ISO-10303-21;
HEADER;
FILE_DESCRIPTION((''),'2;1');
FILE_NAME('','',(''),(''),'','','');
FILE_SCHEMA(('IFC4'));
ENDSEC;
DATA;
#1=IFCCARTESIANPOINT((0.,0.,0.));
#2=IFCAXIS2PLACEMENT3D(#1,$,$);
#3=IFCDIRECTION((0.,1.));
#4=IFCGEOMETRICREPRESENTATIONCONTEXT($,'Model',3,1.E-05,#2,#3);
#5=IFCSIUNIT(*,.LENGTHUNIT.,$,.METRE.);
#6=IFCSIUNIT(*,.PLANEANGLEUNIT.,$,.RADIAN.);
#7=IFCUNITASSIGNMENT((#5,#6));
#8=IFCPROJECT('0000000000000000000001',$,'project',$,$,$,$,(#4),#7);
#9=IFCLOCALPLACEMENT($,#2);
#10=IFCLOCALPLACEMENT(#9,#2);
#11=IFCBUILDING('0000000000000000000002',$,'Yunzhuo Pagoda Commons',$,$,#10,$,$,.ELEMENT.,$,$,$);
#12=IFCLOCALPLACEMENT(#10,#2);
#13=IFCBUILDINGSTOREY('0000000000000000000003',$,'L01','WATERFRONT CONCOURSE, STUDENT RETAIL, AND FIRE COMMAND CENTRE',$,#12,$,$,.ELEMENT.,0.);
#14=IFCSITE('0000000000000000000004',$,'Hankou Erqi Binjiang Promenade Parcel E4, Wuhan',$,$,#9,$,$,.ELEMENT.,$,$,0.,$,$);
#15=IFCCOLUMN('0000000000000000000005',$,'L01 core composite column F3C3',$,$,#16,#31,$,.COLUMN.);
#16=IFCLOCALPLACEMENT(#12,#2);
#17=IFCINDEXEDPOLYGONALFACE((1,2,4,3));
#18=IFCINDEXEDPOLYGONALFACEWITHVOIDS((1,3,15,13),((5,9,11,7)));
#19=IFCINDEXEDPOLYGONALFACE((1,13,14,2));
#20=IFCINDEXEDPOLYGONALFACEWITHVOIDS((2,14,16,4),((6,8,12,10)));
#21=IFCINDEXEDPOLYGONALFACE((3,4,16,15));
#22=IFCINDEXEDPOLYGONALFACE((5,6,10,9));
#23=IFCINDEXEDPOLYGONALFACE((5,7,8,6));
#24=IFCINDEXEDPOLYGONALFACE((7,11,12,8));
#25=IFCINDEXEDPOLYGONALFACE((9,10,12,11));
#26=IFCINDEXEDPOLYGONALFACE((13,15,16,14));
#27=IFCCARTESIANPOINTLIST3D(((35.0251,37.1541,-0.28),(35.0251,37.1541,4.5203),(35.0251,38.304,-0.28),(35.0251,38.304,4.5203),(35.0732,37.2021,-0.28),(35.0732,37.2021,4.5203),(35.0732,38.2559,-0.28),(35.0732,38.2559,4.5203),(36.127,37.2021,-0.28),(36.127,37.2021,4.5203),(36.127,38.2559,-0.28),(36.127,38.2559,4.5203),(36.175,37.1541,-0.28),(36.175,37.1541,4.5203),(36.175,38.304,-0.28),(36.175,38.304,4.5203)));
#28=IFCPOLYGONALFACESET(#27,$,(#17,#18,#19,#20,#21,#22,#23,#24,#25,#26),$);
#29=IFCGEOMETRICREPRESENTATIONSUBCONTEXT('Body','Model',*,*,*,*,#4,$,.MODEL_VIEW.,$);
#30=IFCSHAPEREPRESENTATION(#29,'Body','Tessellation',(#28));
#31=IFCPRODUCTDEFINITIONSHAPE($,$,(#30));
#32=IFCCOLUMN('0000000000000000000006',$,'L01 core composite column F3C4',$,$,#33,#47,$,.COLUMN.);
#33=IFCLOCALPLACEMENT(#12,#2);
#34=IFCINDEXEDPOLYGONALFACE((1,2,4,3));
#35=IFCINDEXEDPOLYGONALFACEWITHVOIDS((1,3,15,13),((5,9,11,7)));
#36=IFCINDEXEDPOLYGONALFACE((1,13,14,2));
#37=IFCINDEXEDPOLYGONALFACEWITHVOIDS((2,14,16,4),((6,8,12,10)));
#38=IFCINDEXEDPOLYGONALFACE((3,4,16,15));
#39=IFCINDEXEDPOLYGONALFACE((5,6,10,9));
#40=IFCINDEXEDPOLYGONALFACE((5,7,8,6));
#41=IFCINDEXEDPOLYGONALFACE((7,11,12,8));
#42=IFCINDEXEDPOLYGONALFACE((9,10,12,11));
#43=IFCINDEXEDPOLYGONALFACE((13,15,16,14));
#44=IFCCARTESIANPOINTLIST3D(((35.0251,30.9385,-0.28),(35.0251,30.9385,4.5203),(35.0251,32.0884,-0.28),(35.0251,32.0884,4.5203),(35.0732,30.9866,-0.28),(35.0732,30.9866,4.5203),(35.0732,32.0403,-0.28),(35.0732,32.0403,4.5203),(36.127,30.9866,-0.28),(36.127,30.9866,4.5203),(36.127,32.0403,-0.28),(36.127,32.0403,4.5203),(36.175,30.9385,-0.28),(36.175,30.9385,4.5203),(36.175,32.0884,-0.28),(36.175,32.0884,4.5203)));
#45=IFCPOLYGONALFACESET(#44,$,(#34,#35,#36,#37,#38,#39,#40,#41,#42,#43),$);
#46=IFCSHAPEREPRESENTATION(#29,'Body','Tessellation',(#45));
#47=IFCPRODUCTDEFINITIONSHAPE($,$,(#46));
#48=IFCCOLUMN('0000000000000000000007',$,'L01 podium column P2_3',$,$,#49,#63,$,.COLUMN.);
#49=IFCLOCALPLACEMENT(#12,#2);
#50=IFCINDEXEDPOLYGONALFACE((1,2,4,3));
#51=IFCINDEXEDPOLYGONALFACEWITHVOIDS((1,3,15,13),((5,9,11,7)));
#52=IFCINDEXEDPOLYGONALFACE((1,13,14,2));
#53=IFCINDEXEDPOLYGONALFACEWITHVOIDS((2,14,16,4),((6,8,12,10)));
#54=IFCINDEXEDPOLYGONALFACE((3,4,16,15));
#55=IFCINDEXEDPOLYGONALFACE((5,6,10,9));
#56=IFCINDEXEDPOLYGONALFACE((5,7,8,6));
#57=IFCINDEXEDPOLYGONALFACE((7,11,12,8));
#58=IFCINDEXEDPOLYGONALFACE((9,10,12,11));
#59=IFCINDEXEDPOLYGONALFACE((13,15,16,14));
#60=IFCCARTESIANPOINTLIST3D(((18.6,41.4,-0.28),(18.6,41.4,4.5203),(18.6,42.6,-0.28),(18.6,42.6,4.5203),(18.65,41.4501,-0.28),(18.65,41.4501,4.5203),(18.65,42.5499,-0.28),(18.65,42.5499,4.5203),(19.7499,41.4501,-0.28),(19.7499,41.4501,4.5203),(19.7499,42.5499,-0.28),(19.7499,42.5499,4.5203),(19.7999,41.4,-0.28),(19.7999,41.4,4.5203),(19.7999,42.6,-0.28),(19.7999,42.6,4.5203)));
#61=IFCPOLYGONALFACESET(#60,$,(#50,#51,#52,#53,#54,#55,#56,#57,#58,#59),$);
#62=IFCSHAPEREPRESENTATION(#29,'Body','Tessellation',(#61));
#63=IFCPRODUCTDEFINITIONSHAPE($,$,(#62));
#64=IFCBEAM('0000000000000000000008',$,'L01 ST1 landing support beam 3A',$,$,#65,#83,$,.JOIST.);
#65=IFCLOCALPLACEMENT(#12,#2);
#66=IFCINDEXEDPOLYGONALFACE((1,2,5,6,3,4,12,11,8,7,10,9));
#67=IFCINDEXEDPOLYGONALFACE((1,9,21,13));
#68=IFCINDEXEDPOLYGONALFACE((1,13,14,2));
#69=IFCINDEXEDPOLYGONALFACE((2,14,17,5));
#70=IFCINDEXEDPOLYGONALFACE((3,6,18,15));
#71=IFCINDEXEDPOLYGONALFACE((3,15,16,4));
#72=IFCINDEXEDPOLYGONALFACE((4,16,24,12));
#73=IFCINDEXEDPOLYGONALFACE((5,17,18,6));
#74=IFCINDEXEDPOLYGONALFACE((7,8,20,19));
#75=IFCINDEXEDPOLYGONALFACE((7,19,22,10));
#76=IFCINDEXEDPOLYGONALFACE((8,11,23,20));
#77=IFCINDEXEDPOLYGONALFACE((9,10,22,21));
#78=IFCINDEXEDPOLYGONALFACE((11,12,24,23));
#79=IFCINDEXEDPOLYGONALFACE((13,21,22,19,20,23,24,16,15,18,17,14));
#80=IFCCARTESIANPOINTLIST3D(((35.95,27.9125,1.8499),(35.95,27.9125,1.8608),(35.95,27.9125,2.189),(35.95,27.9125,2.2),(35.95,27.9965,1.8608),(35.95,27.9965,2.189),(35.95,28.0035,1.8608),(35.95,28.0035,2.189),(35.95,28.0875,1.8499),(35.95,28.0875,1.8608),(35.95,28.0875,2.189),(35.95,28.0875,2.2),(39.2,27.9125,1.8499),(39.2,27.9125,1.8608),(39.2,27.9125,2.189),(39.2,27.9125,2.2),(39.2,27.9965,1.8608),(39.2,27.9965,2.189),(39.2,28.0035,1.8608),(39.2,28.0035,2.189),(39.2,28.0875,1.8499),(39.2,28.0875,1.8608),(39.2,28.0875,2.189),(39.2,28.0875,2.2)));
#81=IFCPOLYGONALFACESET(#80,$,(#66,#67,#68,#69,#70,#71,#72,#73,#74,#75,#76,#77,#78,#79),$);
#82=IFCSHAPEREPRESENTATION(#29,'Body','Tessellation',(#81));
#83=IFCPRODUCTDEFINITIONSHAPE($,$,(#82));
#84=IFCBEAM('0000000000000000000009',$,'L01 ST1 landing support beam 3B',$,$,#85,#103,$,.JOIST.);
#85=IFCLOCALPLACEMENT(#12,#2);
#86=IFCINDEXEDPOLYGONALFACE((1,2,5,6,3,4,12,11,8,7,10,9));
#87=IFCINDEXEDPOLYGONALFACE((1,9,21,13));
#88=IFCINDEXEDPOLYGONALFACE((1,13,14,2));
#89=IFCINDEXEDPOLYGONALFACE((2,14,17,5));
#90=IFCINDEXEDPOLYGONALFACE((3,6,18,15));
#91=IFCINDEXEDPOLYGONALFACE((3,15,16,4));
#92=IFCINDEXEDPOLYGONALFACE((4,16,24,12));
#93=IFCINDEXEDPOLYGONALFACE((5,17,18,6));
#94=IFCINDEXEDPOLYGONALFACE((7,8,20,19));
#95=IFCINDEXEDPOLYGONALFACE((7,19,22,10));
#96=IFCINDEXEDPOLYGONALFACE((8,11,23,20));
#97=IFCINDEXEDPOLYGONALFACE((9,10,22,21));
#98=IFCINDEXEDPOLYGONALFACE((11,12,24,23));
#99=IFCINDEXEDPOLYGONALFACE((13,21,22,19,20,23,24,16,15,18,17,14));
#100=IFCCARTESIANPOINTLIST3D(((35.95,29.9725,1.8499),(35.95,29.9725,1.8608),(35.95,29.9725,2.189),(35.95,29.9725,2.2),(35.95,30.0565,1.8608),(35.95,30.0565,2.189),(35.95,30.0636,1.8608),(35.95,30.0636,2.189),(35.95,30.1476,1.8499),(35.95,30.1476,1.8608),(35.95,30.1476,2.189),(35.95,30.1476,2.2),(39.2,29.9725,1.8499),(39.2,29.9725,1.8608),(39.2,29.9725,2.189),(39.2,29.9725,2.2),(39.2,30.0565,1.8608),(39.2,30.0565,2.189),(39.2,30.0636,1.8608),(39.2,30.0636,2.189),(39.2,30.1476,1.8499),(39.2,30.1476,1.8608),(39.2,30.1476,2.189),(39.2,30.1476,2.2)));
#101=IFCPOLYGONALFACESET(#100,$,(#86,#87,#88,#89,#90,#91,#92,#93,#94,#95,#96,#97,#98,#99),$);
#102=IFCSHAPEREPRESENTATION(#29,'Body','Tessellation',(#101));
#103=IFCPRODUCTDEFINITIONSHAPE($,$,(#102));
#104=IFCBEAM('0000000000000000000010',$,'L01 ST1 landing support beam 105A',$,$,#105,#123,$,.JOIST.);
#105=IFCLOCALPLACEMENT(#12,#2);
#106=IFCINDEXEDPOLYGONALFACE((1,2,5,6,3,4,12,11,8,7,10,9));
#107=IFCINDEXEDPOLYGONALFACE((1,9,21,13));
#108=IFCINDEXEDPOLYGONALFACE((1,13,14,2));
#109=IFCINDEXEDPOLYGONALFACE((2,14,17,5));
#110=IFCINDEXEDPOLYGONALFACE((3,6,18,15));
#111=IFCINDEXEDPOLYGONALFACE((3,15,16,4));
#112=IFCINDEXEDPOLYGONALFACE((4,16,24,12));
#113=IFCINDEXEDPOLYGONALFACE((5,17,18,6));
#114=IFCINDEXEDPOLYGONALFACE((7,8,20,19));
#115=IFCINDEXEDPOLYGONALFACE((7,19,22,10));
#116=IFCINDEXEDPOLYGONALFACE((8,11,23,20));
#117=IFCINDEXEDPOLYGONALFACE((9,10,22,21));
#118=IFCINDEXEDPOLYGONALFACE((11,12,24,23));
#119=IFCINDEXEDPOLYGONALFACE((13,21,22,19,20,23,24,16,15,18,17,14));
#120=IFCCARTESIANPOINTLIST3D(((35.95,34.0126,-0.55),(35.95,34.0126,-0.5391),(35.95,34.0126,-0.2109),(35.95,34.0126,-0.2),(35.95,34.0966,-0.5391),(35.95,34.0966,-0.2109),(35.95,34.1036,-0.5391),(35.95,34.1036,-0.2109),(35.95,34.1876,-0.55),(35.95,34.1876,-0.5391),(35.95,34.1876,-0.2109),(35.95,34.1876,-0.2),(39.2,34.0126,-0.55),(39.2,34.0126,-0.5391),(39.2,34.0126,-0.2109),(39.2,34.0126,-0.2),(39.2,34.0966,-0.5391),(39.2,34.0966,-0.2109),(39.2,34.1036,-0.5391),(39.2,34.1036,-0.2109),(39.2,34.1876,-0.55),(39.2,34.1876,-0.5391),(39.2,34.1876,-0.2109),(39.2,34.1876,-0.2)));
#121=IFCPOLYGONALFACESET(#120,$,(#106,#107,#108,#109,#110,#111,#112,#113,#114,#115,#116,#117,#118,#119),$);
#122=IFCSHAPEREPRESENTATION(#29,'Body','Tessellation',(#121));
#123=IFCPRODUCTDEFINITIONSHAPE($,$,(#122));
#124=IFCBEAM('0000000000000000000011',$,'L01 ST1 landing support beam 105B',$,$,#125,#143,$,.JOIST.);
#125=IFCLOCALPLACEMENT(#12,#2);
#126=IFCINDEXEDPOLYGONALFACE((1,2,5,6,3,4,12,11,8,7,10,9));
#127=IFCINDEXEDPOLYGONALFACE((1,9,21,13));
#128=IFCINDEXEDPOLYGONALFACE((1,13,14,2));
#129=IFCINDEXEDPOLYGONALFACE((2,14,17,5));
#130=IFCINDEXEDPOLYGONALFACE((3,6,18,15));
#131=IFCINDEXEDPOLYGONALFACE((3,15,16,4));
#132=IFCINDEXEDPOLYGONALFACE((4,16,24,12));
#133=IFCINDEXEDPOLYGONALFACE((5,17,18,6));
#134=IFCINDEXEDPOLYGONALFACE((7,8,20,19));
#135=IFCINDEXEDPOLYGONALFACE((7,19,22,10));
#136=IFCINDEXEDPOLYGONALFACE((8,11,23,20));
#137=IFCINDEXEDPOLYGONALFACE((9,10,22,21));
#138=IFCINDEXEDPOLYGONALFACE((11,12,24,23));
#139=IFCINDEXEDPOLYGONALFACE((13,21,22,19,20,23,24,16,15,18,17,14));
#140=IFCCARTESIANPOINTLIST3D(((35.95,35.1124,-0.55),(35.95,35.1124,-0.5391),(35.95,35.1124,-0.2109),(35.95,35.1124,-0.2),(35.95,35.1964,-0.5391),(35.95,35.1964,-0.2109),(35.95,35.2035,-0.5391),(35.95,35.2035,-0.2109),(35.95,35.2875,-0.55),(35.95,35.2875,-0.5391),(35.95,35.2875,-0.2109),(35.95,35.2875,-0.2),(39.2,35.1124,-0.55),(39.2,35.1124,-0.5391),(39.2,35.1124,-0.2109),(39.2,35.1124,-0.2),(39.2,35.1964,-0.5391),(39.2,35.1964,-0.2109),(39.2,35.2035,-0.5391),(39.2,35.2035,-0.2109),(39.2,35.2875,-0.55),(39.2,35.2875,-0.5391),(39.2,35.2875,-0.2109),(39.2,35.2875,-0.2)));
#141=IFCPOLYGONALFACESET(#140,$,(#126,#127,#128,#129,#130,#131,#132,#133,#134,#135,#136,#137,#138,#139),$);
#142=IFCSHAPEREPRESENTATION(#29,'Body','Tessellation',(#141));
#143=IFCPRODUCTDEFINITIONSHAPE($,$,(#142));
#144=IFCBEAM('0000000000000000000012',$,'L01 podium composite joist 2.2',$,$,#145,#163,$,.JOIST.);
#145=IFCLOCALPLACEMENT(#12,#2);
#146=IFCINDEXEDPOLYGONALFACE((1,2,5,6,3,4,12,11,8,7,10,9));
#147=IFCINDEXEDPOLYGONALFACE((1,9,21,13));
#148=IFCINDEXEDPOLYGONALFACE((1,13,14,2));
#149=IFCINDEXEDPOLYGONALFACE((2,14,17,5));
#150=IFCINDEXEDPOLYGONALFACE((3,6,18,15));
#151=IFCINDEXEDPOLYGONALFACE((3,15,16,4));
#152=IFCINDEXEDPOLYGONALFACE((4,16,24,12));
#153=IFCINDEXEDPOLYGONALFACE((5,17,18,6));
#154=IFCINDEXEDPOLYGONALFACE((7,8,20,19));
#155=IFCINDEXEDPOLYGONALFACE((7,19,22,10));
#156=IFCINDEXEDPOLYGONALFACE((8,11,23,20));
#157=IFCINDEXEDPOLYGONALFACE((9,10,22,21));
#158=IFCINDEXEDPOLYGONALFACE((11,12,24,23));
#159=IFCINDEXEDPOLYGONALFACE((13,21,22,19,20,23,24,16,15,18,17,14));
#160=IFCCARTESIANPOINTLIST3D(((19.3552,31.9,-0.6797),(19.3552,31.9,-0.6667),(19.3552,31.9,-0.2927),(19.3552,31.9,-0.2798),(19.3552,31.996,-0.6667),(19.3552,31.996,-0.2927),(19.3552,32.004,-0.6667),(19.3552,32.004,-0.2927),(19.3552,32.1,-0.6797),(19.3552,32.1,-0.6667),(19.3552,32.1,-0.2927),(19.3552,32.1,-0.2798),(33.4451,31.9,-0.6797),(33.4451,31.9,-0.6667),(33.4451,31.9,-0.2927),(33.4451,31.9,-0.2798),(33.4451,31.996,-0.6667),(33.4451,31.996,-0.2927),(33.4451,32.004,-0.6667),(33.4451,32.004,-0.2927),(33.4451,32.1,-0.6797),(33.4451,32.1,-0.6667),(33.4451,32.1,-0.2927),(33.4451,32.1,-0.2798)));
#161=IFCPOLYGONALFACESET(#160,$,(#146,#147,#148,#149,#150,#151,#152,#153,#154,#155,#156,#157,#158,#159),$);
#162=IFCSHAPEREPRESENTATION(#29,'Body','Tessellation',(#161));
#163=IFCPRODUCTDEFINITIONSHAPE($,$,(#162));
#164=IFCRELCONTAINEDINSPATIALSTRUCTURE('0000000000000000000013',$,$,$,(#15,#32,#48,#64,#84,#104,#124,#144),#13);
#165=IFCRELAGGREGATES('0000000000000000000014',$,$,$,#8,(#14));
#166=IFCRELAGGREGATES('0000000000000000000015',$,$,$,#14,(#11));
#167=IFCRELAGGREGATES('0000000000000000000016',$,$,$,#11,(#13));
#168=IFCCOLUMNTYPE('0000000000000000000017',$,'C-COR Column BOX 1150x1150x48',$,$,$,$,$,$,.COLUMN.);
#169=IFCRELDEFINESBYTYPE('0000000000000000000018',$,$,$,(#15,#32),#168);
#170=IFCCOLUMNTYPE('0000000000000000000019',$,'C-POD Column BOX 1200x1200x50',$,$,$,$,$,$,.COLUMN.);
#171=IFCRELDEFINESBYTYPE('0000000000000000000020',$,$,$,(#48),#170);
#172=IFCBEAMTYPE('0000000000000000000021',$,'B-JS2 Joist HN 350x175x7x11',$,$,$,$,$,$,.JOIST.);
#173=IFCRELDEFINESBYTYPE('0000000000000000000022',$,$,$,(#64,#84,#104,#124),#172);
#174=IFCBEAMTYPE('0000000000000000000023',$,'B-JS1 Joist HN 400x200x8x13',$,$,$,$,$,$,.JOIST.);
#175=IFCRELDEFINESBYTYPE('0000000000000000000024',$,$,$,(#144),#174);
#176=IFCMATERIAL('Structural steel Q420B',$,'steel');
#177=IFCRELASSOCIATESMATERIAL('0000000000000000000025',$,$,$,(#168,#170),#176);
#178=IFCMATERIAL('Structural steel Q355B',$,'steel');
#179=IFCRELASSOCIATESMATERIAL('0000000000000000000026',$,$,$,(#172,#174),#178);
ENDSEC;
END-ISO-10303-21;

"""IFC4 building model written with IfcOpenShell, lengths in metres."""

from ifc_helpers import new_model, si_unit, direction, frame, origin, origin_2d, place, context, subcontext, project, spatial, hollow_rectangle, i_section, extrude, source, transform, mapped, material, material_profile, profile_set, type_object, element, save


model = new_model("IFC4")

# Units and contexts
model_context = context("Model", 3, precision=1e-05, world=origin(), true_north=direction((0.0, 1.0)))
body_context = subcontext(model_context, "Body", "Model", "MODEL_VIEW")
ifc_project = project(units=[si_unit("LENGTHUNIT", "METRE"), si_unit("PLANEANGLEUNIT", "RADIAN")], contexts=[model_context])

# Site, building, storey
site_placement = place(None, origin())
site = spatial("IfcSite", under=ifc_project, at=site_placement, Name="Hankou Erqi Binjiang Promenade Parcel E4, Wuhan", CompositionType="ELEMENT", RefElevation=0.0)
building_placement = place(site_placement, origin())
building = spatial("IfcBuilding", under=site, at=building_placement, Name="Yunzhuo Pagoda Commons", CompositionType="ELEMENT")
storey_placement = place(building_placement, origin())
storey = spatial("IfcBuildingStorey", under=building, at=storey_placement, Name="L01", Description="WATERFRONT CONCOURSE, STUDENT RETAIL, AND FIRE COMMAND CENTRE", CompositionType="ELEMENT", Elevation=0.0)

# Columns
ifc_material_1 = material(Name="Structural steel Q420B", Category="steel")
ifc_material_profile_1 = material_profile(ifc_material_1, hollow_rectangle(XDim=1.1499, YDim=1.1499, WallThickness=0.0481, at=origin_2d()), Name="Structural steel Q420B")
ifc_profile_set_1 = profile_set([ifc_material_profile_1], Name="Structural steel Q420B")
column_type_1 = type_object("IfcColumnType", Name="C-COR Column BOX 1150x1150x48", PredefinedType="COLUMN", material=ifc_profile_set_1)
shared_shape_1 = source(origin(), body_context, "Body", "SweptSolid", [
    extrude(hollow_rectangle(XDim=1.1499, YDim=1.1499, WallThickness=0.0481, at=origin_2d()), origin(), (0.0, 0.0, 1.0), 4.8003),
])
for number, where, z_axis, x_axis, name in (
    (1, (35.6001, 37.729, -0.28), (0.0, 0.0, 1.0), (1.0, 0.0, 0.0), "L01 core composite column F3C3"),
    (2, (35.6001, 31.5134, -0.28), (0.0, 0.0, 1.0), (1.0, 0.0, 0.0), "L01 core composite column F3C4"),
):
    element("IfcColumn", number, at=place(storey_placement, frame(where, z_axis=z_axis, x_axis=x_axis)), inside=storey, type_object=column_type_1, Name=name, PredefinedType="COLUMN", context=body_context, shape_type="MappedRepresentation", body=[
        mapped(shared_shape_1, transform((0.0, 0.0, 0.0), scale=1.0)),
    ])
ifc_material_profile_2 = material_profile(ifc_material_1, hollow_rectangle(XDim=1.2, YDim=1.2, WallThickness=0.05, at=origin_2d()), Name="Structural steel Q420B")
ifc_profile_set_2 = profile_set([ifc_material_profile_2], Name="Structural steel Q420B")
column_type_2 = type_object("IfcColumnType", Name="C-POD Column BOX 1200x1200x50", PredefinedType="COLUMN", material=ifc_profile_set_2)
shared_shape_2 = source(origin(), body_context, "Body", "SweptSolid", [
    extrude(hollow_rectangle(XDim=1.2, YDim=1.2, WallThickness=0.05, at=origin_2d()), origin(), (0.0, 0.0, 1.0), 4.8003),
])
column_placement = place(storey_placement, frame((19.2, 42.0, -0.28), z_axis=(0.0, 0.0, 1.0), x_axis=(1.0, 0.0, 0.0)))
element("IfcColumn", 3, at=column_placement, inside=storey, type_object=column_type_2, Name="L01 podium column P2_3", PredefinedType="COLUMN", context=body_context, shape_type="MappedRepresentation", body=[
    mapped(shared_shape_2, transform((0.0, 0.0, 0.0), scale=1.0)),
])

# Beams
ifc_material_2 = material(Name="Structural steel Q355B", Category="steel")
ifc_material_profile_3 = material_profile(ifc_material_2, i_section(OverallWidth=0.175, OverallDepth=0.3501, WebThickness=0.0071, FlangeThickness=0.011, at=origin_2d()), Name="Structural steel Q355B")
ifc_profile_set_3 = profile_set([ifc_material_profile_3], Name="Structural steel Q355B")
beam_type_1 = type_object("IfcBeamType", Name="B-JS2 Joist HN 350x175x7x11", PredefinedType="JOIST", material=ifc_profile_set_3)
shared_shape_3 = source(origin(), body_context, "Body", "SweptSolid", [
    extrude(i_section(OverallWidth=0.175, OverallDepth=0.3501, WebThickness=0.0071, FlangeThickness=0.011, at=origin_2d()), origin(), (0.0, 0.0, 1.0), 3.25),
])
for number, where, z_axis, x_axis, name in (
    (4, (35.95, 28.0, 2.0249), (1.0, 0.0, 0.0), (0.0, 1.0, 0.0), "L01 ST1 landing support beam 3A"),
    (5, (35.95, 30.0601, 2.0249), (1.0, 0.0, 0.0), (0.0, 1.0, 0.0), "L01 ST1 landing support beam 3B"),
    (6, (35.95, 34.1001, -0.375), (1.0, 0.0, 0.0), (0.0, 1.0, 0.0), "L01 ST1 landing support beam 105A"),
    (7, (35.95, 35.2, -0.375), (1.0, 0.0, 0.0), (0.0, 1.0, 0.0), "L01 ST1 landing support beam 105B"),
):
    element("IfcBeam", number, at=place(storey_placement, frame(where, z_axis=z_axis, x_axis=x_axis)), inside=storey, type_object=beam_type_1, Name=name, PredefinedType="JOIST", context=body_context, shape_type="MappedRepresentation", body=[
        mapped(shared_shape_3, transform((0.0, 0.0, 0.0), scale=1.0)),
    ])
ifc_material_profile_4 = material_profile(ifc_material_2, i_section(OverallWidth=0.2, OverallDepth=0.3999, WebThickness=0.0081, FlangeThickness=0.0129, at=origin_2d()), Name="Structural steel Q355B")
ifc_profile_set_4 = profile_set([ifc_material_profile_4], Name="Structural steel Q355B")
beam_type_2 = type_object("IfcBeamType", Name="B-JS1 Joist HN 400x200x8x13", PredefinedType="JOIST", material=ifc_profile_set_4)
shared_shape_4 = source(origin(), body_context, "Body", "SweptSolid", [
    extrude(i_section(OverallWidth=0.2, OverallDepth=0.3999, WebThickness=0.0081, FlangeThickness=0.0129, at=origin_2d()), origin(), (0.0, 0.0, 1.0), 14.0898),
])
beam_placement = place(storey_placement, frame((19.3552, 32.0, -0.4797), z_axis=(1.0, 0.0, 0.0), x_axis=(0.0, 1.0, 0.0)))
element("IfcBeam", 8, at=beam_placement, inside=storey, type_object=beam_type_2, Name="L01 podium composite joist 2.2", PredefinedType="JOIST", context=body_context, shape_type="MappedRepresentation", body=[
    mapped(shared_shape_4, transform((0.0, 0.0, 0.0), scale=1.0)),
])

save(model, "model.ifc")
